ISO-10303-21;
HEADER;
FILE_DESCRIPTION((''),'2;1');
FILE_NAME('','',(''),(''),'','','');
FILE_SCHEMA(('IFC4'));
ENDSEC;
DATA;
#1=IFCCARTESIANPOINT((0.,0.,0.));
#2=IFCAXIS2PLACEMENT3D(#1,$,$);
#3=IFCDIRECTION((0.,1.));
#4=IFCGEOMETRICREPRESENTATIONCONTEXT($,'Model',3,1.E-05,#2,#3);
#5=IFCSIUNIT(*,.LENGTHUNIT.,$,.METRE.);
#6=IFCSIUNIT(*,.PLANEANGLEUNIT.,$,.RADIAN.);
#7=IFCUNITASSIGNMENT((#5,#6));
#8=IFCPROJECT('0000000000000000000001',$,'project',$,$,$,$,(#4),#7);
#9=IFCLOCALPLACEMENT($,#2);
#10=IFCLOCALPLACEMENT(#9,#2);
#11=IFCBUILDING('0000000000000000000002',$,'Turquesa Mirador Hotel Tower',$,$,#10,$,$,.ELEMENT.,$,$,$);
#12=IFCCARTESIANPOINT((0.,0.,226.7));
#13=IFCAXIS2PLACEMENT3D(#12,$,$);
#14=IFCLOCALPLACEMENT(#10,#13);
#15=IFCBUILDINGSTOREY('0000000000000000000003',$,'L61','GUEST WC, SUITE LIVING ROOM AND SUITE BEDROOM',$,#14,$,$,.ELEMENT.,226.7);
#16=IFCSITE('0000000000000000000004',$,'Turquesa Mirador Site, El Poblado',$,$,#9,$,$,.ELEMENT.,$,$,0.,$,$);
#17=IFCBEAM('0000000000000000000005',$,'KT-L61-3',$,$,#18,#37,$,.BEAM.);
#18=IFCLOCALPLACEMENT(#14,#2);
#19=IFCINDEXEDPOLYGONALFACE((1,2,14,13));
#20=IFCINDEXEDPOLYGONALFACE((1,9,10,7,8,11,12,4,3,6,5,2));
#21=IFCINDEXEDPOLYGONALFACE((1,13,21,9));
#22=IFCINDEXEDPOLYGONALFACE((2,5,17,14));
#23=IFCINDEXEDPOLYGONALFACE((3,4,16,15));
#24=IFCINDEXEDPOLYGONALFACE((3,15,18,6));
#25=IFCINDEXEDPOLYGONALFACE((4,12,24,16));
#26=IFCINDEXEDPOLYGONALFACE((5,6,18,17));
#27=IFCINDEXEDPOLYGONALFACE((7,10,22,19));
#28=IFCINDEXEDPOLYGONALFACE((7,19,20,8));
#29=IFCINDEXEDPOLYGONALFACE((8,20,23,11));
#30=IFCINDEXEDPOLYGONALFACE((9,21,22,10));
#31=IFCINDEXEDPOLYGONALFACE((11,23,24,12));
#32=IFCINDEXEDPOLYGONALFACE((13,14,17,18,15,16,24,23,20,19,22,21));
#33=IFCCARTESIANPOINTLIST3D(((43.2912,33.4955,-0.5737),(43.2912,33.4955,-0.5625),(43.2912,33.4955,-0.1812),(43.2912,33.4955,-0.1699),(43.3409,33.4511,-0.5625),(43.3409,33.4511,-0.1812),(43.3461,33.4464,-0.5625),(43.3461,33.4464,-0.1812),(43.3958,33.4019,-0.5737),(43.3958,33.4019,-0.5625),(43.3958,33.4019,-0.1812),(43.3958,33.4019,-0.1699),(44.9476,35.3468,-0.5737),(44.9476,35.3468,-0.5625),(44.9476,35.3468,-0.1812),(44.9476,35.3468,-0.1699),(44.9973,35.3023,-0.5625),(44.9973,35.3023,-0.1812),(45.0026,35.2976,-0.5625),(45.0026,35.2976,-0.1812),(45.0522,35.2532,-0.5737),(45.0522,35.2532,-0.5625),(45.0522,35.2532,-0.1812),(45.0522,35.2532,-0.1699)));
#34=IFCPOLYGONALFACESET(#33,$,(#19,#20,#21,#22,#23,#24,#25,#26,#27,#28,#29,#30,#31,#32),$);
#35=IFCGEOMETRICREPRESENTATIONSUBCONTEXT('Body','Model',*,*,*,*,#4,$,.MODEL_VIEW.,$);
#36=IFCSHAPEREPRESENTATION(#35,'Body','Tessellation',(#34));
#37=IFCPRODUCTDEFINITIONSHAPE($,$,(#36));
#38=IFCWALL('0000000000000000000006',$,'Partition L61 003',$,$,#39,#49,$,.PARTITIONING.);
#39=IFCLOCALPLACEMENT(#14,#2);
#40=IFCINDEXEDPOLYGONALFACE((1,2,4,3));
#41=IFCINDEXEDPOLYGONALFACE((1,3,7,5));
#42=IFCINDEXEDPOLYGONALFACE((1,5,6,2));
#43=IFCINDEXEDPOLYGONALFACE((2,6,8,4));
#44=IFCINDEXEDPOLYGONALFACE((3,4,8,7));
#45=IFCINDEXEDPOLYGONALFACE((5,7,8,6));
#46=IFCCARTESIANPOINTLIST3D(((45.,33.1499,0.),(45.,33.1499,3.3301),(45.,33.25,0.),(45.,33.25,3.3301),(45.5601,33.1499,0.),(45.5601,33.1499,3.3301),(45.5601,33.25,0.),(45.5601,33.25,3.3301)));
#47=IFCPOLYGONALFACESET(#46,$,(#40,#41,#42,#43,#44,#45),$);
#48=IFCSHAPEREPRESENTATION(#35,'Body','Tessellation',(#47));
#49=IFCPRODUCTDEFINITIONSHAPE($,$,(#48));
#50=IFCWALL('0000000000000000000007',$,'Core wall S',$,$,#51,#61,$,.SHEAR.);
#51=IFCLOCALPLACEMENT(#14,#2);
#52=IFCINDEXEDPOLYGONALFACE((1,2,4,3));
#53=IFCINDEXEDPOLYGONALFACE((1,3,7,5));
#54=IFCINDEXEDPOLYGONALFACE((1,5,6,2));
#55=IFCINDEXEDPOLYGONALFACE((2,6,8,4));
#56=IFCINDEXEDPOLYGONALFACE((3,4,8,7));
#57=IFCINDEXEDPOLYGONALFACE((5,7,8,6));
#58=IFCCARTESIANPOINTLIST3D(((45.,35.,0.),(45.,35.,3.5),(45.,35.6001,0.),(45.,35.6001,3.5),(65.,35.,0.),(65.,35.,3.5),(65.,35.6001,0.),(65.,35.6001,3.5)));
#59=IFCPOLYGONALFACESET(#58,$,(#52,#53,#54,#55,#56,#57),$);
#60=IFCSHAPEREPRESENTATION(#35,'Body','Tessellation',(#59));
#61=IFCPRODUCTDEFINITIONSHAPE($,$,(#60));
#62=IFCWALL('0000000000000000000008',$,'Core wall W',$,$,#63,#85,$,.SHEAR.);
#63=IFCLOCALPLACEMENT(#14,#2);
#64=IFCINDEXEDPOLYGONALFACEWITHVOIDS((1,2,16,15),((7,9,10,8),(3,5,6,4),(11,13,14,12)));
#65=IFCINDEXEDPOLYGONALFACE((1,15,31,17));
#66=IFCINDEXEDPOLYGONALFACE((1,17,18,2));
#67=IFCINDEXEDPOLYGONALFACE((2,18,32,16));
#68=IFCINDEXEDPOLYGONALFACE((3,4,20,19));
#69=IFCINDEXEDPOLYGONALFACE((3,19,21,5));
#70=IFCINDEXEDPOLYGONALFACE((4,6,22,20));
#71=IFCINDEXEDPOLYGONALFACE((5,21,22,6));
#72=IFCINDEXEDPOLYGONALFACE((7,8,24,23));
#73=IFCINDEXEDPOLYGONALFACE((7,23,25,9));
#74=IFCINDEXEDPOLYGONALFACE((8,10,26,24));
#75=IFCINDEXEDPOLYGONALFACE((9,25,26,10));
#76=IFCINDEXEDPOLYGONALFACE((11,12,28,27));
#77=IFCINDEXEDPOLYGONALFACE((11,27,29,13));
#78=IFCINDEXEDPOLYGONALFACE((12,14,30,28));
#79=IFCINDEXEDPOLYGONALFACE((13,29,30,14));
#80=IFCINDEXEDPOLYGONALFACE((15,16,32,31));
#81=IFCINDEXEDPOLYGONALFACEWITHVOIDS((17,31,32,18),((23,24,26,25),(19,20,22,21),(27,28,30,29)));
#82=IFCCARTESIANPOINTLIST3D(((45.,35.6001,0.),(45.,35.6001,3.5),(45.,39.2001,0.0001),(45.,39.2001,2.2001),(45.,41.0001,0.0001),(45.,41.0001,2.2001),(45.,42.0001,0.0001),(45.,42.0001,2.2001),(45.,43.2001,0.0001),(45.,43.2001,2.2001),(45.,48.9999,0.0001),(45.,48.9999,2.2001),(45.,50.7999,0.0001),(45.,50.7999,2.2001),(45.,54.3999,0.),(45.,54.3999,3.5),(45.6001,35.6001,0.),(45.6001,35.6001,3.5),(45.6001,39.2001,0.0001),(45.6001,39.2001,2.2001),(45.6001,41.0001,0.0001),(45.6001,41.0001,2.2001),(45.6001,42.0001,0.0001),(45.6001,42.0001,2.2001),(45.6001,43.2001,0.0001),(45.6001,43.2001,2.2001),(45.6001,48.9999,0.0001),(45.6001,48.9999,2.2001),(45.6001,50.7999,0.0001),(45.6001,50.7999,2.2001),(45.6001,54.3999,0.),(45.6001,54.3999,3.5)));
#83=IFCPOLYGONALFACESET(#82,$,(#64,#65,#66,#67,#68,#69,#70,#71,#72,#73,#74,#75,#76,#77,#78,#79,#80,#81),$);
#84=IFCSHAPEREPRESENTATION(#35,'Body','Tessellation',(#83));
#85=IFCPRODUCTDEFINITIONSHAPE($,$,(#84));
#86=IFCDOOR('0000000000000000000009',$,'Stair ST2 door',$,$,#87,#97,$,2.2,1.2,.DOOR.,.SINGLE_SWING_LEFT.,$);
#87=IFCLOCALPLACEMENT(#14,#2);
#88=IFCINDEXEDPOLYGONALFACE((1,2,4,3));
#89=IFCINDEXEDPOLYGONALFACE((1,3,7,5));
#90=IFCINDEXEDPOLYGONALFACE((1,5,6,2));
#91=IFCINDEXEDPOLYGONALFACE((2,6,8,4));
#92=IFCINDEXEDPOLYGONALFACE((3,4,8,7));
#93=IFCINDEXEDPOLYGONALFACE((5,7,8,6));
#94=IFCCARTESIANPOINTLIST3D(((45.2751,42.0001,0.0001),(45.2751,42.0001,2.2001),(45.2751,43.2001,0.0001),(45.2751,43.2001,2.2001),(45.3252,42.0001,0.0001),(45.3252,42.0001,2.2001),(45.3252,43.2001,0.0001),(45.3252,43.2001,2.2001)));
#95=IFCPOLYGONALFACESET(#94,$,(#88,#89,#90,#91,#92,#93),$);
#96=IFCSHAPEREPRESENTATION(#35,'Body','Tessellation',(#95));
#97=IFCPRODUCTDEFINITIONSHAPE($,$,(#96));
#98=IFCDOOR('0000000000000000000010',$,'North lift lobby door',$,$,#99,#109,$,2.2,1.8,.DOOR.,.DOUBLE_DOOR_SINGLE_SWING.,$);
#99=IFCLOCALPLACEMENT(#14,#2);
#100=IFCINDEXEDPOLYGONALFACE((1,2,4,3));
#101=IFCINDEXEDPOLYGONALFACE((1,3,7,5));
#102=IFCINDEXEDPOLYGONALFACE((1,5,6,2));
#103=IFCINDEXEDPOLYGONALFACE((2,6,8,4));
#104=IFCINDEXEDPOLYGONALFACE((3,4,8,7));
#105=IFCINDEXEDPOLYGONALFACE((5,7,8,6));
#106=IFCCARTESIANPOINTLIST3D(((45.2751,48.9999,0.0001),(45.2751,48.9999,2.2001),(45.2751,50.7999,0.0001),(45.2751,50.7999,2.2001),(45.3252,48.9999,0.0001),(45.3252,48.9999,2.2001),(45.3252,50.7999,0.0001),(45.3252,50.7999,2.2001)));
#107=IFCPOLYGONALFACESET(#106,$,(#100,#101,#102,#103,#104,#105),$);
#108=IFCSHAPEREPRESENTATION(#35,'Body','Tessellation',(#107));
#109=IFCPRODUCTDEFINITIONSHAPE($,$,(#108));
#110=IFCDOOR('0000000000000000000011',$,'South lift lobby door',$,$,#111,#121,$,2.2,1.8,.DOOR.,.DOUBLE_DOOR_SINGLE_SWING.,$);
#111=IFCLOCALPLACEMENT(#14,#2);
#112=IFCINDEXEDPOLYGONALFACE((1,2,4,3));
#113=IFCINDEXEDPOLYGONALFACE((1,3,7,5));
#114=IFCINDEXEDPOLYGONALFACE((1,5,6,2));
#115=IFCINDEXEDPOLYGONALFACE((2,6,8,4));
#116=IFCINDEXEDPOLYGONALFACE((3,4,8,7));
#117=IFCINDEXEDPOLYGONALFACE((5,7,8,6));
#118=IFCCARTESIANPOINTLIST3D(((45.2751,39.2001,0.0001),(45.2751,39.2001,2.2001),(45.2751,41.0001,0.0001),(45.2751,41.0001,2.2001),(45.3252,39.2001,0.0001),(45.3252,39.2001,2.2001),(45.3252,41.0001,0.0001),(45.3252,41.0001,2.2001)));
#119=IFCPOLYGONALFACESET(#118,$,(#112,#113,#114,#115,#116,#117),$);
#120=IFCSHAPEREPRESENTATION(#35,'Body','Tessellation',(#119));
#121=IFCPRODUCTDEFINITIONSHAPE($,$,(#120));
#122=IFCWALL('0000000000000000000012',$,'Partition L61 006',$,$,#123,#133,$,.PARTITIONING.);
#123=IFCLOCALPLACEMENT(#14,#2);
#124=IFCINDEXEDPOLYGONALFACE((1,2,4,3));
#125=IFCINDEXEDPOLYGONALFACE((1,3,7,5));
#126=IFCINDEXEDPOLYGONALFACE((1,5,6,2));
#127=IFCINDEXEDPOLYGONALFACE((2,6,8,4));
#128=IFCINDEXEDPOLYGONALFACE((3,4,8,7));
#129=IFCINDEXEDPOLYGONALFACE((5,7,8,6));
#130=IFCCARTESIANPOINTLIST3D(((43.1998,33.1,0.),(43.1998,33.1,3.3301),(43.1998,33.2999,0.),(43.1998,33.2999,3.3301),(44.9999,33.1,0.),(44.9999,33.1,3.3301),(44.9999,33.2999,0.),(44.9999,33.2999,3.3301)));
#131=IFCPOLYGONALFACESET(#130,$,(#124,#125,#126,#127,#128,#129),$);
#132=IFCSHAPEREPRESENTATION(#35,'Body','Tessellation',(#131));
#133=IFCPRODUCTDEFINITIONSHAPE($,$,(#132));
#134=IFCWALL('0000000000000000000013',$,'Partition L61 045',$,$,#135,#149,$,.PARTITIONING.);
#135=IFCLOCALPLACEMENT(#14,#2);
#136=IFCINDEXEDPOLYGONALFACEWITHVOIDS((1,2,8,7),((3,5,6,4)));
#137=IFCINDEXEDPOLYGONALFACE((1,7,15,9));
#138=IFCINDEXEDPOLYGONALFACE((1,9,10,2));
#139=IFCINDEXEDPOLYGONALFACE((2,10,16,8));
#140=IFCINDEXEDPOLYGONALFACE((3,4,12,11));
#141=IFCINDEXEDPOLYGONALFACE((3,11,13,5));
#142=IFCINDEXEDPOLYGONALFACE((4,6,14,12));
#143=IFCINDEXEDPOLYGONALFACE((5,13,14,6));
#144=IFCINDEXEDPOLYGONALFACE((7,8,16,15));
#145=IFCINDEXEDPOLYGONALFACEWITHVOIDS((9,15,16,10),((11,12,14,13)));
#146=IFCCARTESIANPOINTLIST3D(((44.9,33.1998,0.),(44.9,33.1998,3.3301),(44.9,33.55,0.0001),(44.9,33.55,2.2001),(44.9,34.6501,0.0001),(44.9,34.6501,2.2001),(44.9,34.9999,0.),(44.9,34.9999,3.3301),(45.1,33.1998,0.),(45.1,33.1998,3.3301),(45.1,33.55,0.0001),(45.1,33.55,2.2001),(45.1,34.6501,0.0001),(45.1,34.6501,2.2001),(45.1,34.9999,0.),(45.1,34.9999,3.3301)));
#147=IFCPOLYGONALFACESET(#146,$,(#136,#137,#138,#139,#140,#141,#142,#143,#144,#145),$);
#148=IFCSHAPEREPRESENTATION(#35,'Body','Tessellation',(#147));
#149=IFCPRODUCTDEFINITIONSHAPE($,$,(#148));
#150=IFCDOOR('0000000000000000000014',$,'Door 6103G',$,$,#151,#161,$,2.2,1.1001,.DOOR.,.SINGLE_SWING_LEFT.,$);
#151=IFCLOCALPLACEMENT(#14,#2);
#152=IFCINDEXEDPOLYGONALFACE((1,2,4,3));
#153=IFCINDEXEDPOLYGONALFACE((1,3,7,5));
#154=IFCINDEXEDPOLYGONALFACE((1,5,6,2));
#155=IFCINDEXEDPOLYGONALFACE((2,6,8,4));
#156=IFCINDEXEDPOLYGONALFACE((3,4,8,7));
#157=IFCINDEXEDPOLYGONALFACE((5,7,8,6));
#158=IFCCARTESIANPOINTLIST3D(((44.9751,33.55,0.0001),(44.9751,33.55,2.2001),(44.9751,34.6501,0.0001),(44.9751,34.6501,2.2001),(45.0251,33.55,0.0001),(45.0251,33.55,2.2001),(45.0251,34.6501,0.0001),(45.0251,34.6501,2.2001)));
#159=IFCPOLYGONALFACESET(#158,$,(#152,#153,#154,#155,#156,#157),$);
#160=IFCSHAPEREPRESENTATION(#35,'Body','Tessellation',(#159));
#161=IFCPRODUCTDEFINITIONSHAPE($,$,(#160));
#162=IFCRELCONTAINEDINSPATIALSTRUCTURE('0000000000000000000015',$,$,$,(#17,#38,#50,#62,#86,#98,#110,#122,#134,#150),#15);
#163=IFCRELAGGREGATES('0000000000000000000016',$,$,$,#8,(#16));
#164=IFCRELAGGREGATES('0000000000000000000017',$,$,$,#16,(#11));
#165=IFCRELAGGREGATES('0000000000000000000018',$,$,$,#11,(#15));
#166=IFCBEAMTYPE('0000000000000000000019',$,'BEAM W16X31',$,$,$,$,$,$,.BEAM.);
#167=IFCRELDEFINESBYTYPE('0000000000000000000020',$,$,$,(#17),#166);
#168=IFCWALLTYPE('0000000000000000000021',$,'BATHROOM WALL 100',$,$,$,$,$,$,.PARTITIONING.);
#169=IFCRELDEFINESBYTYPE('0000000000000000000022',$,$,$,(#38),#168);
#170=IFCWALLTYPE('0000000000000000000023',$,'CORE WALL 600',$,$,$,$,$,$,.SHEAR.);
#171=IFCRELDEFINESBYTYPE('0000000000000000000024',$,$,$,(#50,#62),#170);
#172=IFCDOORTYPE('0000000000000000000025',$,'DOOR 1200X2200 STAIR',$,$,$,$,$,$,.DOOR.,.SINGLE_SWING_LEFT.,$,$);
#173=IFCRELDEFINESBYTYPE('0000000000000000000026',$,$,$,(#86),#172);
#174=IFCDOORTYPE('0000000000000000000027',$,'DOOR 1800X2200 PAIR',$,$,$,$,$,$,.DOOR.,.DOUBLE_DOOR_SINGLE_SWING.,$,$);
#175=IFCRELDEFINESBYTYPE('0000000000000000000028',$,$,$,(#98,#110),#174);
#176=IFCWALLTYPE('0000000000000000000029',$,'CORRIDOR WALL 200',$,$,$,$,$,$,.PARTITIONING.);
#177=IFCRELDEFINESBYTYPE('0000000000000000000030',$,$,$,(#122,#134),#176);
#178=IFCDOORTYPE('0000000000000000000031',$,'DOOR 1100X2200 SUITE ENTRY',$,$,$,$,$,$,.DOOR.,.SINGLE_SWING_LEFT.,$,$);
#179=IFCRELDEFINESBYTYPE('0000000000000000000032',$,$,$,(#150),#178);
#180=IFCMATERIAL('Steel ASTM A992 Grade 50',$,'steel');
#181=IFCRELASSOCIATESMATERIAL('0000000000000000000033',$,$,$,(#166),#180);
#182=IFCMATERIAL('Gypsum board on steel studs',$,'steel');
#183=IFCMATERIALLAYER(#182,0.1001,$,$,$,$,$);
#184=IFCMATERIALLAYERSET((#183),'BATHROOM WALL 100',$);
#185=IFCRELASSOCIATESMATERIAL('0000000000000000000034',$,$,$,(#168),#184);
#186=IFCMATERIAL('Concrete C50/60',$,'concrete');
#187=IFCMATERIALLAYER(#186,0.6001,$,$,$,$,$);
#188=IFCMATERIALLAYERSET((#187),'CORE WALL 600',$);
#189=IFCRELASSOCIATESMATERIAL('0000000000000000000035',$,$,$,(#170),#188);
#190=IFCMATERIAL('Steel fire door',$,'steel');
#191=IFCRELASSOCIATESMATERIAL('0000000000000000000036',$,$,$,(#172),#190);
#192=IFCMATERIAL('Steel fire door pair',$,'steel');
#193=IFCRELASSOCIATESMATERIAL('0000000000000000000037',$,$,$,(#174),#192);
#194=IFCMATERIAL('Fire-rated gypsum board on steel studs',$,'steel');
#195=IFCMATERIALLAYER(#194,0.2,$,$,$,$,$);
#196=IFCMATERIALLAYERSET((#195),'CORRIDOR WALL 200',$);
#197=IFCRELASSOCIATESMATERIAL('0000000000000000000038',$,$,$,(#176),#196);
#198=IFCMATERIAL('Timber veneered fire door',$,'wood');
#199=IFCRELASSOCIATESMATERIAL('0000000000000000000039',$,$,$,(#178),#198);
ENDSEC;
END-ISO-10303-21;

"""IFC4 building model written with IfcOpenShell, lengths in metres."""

from ifc_helpers import new_model, si_unit, direction, frame, frame_2d, origin, origin_2d, place, context, subcontext, project, spatial, rectangle, i_section, extrude, material, layer, layer_set, material_profile, profile_set, type_object, element, fill, save


model = new_model("IFC4")

# Units and contexts
model_context = context("Model", 3, precision=1e-05, world=origin(), true_north=direction((0.0, 1.0)))
body_context = subcontext(model_context, "Body", "Model", "MODEL_VIEW")
ifc_project = project(units=[si_unit("LENGTHUNIT", "METRE"), si_unit("PLANEANGLEUNIT", "RADIAN")], contexts=[model_context])

# Site, building, storey
site_placement = place(None, origin())
site = spatial("IfcSite", under=ifc_project, at=site_placement, Name="Turquesa Mirador Site, El Poblado", CompositionType="ELEMENT", RefElevation=0.0)
building_placement = place(site_placement, origin())
building = spatial("IfcBuilding", under=site, at=building_placement, Name="Turquesa Mirador Hotel Tower", CompositionType="ELEMENT")
storey_placement = place(building_placement, frame((0.0, 0.0, 226.7)))
storey = spatial("IfcBuildingStorey", under=building, at=storey_placement, Name="L61", Description="GUEST WC, SUITE LIVING ROOM AND SUITE BEDROOM", CompositionType="ELEMENT", Elevation=226.7)

# Beam
ifc_material_1 = material(Name="Steel ASTM A992 Grade 50", Category="steel")
ifc_material_profile = material_profile(ifc_material_1, i_section(OverallWidth=0.1404, OverallDepth=0.4038, WebThickness=0.0071, FlangeThickness=0.0112, at=origin_2d()), Name="W16X31")
ifc_profile_set = profile_set([ifc_material_profile], Name="Steel ASTM A992 Grade 50")
beam_type = type_object("IfcBeamType", Name="BEAM W16X31", PredefinedType="BEAM", material=ifc_profile_set)
beam_placement = place(storey_placement, frame((43.3435, 33.4487, -0.3718), z_axis=(0.666806, 0.745231, 0.0), x_axis=(-0.745231, 0.666806, 0.0)))
element("IfcBeam", 1, at=beam_placement, inside=storey, type_object=beam_type, Name="KT-L61-3", PredefinedType="BEAM", context=body_context, shape_type="SweptSolid", body=[
    extrude(i_section(OverallWidth=0.1404, OverallDepth=0.4038, WebThickness=0.0071, FlangeThickness=0.0112, at=origin_2d()), origin(), (0.0, 0.0, 1.0), 2.4841),
])

# Walls
ifc_material_2 = material(Name="Gypsum board on steel studs", Category="steel")
ifc_layer_1 = layer(ifc_material_2, 0.1001)
ifc_layer_set_1 = layer_set([ifc_layer_1], Name="BATHROOM WALL 100")
wall_type_1 = type_object("IfcWallType", Name="BATHROOM WALL 100", PredefinedType="PARTITIONING", material=ifc_layer_set_1)
wall_1_placement = place(storey_placement, frame((45.0, 33.2, 0.0), z_axis=(0.0, 0.0, 1.0), x_axis=(1.0, 0.0, 0.0)))
element("IfcWall", 2, at=wall_1_placement, inside=storey, type_object=wall_type_1, Name="Partition L61 003", PredefinedType="PARTITIONING", context=body_context, shape_type="SweptSolid", body=[
    extrude(rectangle(XDim=0.5601, YDim=0.1001, at=frame_2d((0.28, 0.0))), origin(), (0.0, 0.0, 1.0), 3.3301),
])
ifc_material_3 = material(Name="Concrete C50/60", Category="concrete")
ifc_layer_2 = layer(ifc_material_3, 0.6001)
ifc_layer_set_2 = layer_set([ifc_layer_2], Name="CORE WALL 600")
wall_type_2 = type_object("IfcWallType", Name="CORE WALL 600", PredefinedType="SHEAR", material=ifc_layer_set_2)
wall_2_placement = place(storey_placement, frame((45.0, 35.3, 0.0), z_axis=(0.0, 0.0, 1.0), x_axis=(1.0, 0.0, 0.0)))
element("IfcWall", 3, at=wall_2_placement, inside=storey, type_object=wall_type_2, Name="Core wall S", PredefinedType="SHEAR", context=body_context, shape_type="SweptSolid", body=[
    extrude(rectangle(XDim=20.0, YDim=0.6001, at=frame_2d((10.0, 0.0))), origin(), (0.0, 0.0, 1.0), 3.5),
])

# Wall, openings, doors
wall_3_placement = place(storey_placement, frame((45.3, 35.6001, 0.0), z_axis=(0.0, 0.0, 1.0), x_axis=(0.0, 1.0, 0.0)))
wall_3 = element("IfcWall", 4, at=wall_3_placement, inside=storey, type_object=wall_type_2, Name="Core wall W", PredefinedType="SHEAR", context=body_context, shape_type="SweptSolid", body=[
    extrude(rectangle(XDim=18.7998, YDim=0.6001, at=frame_2d((9.3999, 0.0))), origin(), (0.0, 0.0, 1.0), 3.5),
])
opening_1_placement = place(wall_3_placement, frame((13.3999, 0.0, 0.0)))
opening_1 = element("IfcOpeningElement", 5, at=opening_1_placement, cuts=wall_3, PredefinedType="OPENING", context=body_context, shape_type="SweptSolid", body=[
    extrude(rectangle(XDim=1.8, YDim=2.2, at=frame_2d((0.8999, 1.1001))), frame((0.0, 0.3101, 0.0), z_axis=(0.0, -1.0, 0.0), x_axis=(1.0, 0.0, 0.0)), (0.0, 0.0, 1.0), 0.6201),
])
opening_2_placement = place(wall_3_placement, frame((3.6001, 0.0, 0.0)))
opening_2 = element("IfcOpeningElement", 6, at=opening_2_placement, cuts=wall_3, PredefinedType="OPENING", context=body_context, shape_type="SweptSolid", body=[
    extrude(rectangle(XDim=1.8, YDim=2.2, at=frame_2d((0.8999, 1.1001))), frame((0.0, 0.3101, 0.0), z_axis=(0.0, -1.0, 0.0), x_axis=(1.0, 0.0, 0.0)), (0.0, 0.0, 1.0), 0.6201),
])
opening_3_placement = place(wall_3_placement, frame((6.3999, 0.0, 0.0)))
opening_3 = element("IfcOpeningElement", 7, at=opening_3_placement, cuts=wall_3, PredefinedType="OPENING", context=body_context, shape_type="SweptSolid", body=[
    extrude(rectangle(XDim=1.2, YDim=2.2, at=frame_2d((0.6001, 1.1001))), frame((0.0, 0.3101, 0.0), z_axis=(0.0, -1.0, 0.0), x_axis=(1.0, 0.0, 0.0)), (0.0, 0.0, 1.0), 0.6201),
])
ifc_material_4 = material(Name="Steel fire door", Category="steel")
door_type_1 = type_object("IfcDoorType", Name="DOOR 1200X2200 STAIR", OperationType="SINGLE_SWING_LEFT", PredefinedType="DOOR", material=ifc_material_4)
door_1_placement = place(opening_3_placement, origin())
door_1 = element("IfcDoor", 8, at=door_1_placement, inside=storey, type_object=door_type_1, Name="Stair ST2 door", OperationType="SINGLE_SWING_LEFT", OverallHeight=2.2, OverallWidth=1.2, PredefinedType="DOOR", context=body_context, shape_type="SweptSolid", body=[
    extrude(rectangle(XDim=1.2, YDim=2.2, at=frame_2d((0.6001, 1.1001))), frame((0.0, 0.0249, 0.0), z_axis=(0.0, -1.0, 0.0), x_axis=(1.0, 0.0, 0.0)), (0.0, 0.0, 1.0), 0.05),
])
fill(opening_3, door_1)
ifc_material_5 = material(Name="Steel fire door pair", Category="steel")
door_type_2 = type_object("IfcDoorType", Name="DOOR 1800X2200 PAIR", OperationType="DOUBLE_DOOR_SINGLE_SWING", PredefinedType="DOOR", material=ifc_material_5)
door_2_placement = place(opening_1_placement, origin())
door_2 = element("IfcDoor", 9, at=door_2_placement, inside=storey, type_object=door_type_2, Name="North lift lobby door", OperationType="DOUBLE_DOOR_SINGLE_SWING", OverallHeight=2.2, OverallWidth=1.8, PredefinedType="DOOR", context=body_context, shape_type="SweptSolid", body=[
    extrude(rectangle(XDim=1.8, YDim=2.2, at=frame_2d((0.8999, 1.1001))), frame((0.0, 0.0249, 0.0), z_axis=(0.0, -1.0, 0.0), x_axis=(1.0, 0.0, 0.0)), (0.0, 0.0, 1.0), 0.05),
])
fill(opening_1, door_2)
door_3_placement = place(opening_2_placement, origin())
door_3 = element("IfcDoor", 10, at=door_3_placement, inside=storey, type_object=door_type_2, Name="South lift lobby door", OperationType="DOUBLE_DOOR_SINGLE_SWING", OverallHeight=2.2, OverallWidth=1.8, PredefinedType="DOOR", context=body_context, shape_type="SweptSolid", body=[
    extrude(rectangle(XDim=1.8, YDim=2.2, at=frame_2d((0.8999, 1.1001))), frame((0.0, 0.0249, 0.0), z_axis=(0.0, -1.0, 0.0), x_axis=(1.0, 0.0, 0.0)), (0.0, 0.0, 1.0), 0.05),
])
fill(opening_2, door_3)

# Wall
ifc_material_6 = material(Name="Fire-rated gypsum board on steel studs", Category="steel")
ifc_layer_3 = layer(ifc_material_6, 0.2)
ifc_layer_set_3 = layer_set([ifc_layer_3], Name="CORRIDOR WALL 200")
wall_type_3 = type_object("IfcWallType", Name="CORRIDOR WALL 200", PredefinedType="PARTITIONING", material=ifc_layer_set_3)
wall_4_placement = place(storey_placement, frame((43.2, 33.2, 0.0), z_axis=(0.0, 0.0, 1.0), x_axis=(1.0, 0.0, 0.0)))
element("IfcWall", 11, at=wall_4_placement, inside=storey, type_object=wall_type_3, Name="Partition L61 006", PredefinedType="PARTITIONING", context=body_context, shape_type="SweptSolid", body=[
    extrude(rectangle(XDim=1.8, YDim=0.2, at=frame_2d((0.8999, 0.0))), origin(), (0.0, 0.0, 1.0), 3.3301),
])

# Wall, opening, door
wall_5_placement = place(storey_placement, frame((45.0, 33.2, 0.0), z_axis=(0.0, 0.0, 1.0), x_axis=(0.0, 1.0, 0.0)))
wall_5 = element("IfcWall", 12, at=wall_5_placement, inside=storey, type_object=wall_type_3, Name="Partition L61 045", PredefinedType="PARTITIONING", context=body_context, shape_type="SweptSolid", body=[
    extrude(rectangle(XDim=1.8, YDim=0.2, at=frame_2d((0.8999, 0.0))), origin(), (0.0, 0.0, 1.0), 3.3301),
])
opening_4_placement = place(wall_5_placement, frame((0.3501, 0.0, 0.0)))
opening_4 = element("IfcOpeningElement", 13, at=opening_4_placement, cuts=wall_5, PredefinedType="OPENING", context=body_context, shape_type="SweptSolid", body=[
    extrude(rectangle(XDim=1.1001, YDim=2.2, at=frame_2d((0.55, 1.1001))), frame((0.0, 0.1099, 0.0), z_axis=(0.0, -1.0, 0.0), x_axis=(1.0, 0.0, 0.0)), (0.0, 0.0, 1.0), 0.22),
])
ifc_material_7 = material(Name="Timber veneered fire door", Category="wood")
door_type_3 = type_object("IfcDoorType", Name="DOOR 1100X2200 SUITE ENTRY", OperationType="SINGLE_SWING_LEFT", PredefinedType="DOOR", material=ifc_material_7)
door_4_placement = place(opening_4_placement, origin())
door_4 = element("IfcDoor", 14, at=door_4_placement, inside=storey, type_object=door_type_3, Name="Door 6103G", OperationType="SINGLE_SWING_LEFT", OverallHeight=2.2, OverallWidth=1.1001, PredefinedType="DOOR", context=body_context, shape_type="SweptSolid", body=[
    extrude(rectangle(XDim=1.1001, YDim=2.2, at=frame_2d((0.55, 1.1001))), frame((0.0, 0.0249, 0.0), z_axis=(0.0, -1.0, 0.0), x_axis=(1.0, 0.0, 0.0)), (0.0, 0.0, 1.0), 0.05),
])
fill(opening_4, door_4)

save(model, "model.ifc")
